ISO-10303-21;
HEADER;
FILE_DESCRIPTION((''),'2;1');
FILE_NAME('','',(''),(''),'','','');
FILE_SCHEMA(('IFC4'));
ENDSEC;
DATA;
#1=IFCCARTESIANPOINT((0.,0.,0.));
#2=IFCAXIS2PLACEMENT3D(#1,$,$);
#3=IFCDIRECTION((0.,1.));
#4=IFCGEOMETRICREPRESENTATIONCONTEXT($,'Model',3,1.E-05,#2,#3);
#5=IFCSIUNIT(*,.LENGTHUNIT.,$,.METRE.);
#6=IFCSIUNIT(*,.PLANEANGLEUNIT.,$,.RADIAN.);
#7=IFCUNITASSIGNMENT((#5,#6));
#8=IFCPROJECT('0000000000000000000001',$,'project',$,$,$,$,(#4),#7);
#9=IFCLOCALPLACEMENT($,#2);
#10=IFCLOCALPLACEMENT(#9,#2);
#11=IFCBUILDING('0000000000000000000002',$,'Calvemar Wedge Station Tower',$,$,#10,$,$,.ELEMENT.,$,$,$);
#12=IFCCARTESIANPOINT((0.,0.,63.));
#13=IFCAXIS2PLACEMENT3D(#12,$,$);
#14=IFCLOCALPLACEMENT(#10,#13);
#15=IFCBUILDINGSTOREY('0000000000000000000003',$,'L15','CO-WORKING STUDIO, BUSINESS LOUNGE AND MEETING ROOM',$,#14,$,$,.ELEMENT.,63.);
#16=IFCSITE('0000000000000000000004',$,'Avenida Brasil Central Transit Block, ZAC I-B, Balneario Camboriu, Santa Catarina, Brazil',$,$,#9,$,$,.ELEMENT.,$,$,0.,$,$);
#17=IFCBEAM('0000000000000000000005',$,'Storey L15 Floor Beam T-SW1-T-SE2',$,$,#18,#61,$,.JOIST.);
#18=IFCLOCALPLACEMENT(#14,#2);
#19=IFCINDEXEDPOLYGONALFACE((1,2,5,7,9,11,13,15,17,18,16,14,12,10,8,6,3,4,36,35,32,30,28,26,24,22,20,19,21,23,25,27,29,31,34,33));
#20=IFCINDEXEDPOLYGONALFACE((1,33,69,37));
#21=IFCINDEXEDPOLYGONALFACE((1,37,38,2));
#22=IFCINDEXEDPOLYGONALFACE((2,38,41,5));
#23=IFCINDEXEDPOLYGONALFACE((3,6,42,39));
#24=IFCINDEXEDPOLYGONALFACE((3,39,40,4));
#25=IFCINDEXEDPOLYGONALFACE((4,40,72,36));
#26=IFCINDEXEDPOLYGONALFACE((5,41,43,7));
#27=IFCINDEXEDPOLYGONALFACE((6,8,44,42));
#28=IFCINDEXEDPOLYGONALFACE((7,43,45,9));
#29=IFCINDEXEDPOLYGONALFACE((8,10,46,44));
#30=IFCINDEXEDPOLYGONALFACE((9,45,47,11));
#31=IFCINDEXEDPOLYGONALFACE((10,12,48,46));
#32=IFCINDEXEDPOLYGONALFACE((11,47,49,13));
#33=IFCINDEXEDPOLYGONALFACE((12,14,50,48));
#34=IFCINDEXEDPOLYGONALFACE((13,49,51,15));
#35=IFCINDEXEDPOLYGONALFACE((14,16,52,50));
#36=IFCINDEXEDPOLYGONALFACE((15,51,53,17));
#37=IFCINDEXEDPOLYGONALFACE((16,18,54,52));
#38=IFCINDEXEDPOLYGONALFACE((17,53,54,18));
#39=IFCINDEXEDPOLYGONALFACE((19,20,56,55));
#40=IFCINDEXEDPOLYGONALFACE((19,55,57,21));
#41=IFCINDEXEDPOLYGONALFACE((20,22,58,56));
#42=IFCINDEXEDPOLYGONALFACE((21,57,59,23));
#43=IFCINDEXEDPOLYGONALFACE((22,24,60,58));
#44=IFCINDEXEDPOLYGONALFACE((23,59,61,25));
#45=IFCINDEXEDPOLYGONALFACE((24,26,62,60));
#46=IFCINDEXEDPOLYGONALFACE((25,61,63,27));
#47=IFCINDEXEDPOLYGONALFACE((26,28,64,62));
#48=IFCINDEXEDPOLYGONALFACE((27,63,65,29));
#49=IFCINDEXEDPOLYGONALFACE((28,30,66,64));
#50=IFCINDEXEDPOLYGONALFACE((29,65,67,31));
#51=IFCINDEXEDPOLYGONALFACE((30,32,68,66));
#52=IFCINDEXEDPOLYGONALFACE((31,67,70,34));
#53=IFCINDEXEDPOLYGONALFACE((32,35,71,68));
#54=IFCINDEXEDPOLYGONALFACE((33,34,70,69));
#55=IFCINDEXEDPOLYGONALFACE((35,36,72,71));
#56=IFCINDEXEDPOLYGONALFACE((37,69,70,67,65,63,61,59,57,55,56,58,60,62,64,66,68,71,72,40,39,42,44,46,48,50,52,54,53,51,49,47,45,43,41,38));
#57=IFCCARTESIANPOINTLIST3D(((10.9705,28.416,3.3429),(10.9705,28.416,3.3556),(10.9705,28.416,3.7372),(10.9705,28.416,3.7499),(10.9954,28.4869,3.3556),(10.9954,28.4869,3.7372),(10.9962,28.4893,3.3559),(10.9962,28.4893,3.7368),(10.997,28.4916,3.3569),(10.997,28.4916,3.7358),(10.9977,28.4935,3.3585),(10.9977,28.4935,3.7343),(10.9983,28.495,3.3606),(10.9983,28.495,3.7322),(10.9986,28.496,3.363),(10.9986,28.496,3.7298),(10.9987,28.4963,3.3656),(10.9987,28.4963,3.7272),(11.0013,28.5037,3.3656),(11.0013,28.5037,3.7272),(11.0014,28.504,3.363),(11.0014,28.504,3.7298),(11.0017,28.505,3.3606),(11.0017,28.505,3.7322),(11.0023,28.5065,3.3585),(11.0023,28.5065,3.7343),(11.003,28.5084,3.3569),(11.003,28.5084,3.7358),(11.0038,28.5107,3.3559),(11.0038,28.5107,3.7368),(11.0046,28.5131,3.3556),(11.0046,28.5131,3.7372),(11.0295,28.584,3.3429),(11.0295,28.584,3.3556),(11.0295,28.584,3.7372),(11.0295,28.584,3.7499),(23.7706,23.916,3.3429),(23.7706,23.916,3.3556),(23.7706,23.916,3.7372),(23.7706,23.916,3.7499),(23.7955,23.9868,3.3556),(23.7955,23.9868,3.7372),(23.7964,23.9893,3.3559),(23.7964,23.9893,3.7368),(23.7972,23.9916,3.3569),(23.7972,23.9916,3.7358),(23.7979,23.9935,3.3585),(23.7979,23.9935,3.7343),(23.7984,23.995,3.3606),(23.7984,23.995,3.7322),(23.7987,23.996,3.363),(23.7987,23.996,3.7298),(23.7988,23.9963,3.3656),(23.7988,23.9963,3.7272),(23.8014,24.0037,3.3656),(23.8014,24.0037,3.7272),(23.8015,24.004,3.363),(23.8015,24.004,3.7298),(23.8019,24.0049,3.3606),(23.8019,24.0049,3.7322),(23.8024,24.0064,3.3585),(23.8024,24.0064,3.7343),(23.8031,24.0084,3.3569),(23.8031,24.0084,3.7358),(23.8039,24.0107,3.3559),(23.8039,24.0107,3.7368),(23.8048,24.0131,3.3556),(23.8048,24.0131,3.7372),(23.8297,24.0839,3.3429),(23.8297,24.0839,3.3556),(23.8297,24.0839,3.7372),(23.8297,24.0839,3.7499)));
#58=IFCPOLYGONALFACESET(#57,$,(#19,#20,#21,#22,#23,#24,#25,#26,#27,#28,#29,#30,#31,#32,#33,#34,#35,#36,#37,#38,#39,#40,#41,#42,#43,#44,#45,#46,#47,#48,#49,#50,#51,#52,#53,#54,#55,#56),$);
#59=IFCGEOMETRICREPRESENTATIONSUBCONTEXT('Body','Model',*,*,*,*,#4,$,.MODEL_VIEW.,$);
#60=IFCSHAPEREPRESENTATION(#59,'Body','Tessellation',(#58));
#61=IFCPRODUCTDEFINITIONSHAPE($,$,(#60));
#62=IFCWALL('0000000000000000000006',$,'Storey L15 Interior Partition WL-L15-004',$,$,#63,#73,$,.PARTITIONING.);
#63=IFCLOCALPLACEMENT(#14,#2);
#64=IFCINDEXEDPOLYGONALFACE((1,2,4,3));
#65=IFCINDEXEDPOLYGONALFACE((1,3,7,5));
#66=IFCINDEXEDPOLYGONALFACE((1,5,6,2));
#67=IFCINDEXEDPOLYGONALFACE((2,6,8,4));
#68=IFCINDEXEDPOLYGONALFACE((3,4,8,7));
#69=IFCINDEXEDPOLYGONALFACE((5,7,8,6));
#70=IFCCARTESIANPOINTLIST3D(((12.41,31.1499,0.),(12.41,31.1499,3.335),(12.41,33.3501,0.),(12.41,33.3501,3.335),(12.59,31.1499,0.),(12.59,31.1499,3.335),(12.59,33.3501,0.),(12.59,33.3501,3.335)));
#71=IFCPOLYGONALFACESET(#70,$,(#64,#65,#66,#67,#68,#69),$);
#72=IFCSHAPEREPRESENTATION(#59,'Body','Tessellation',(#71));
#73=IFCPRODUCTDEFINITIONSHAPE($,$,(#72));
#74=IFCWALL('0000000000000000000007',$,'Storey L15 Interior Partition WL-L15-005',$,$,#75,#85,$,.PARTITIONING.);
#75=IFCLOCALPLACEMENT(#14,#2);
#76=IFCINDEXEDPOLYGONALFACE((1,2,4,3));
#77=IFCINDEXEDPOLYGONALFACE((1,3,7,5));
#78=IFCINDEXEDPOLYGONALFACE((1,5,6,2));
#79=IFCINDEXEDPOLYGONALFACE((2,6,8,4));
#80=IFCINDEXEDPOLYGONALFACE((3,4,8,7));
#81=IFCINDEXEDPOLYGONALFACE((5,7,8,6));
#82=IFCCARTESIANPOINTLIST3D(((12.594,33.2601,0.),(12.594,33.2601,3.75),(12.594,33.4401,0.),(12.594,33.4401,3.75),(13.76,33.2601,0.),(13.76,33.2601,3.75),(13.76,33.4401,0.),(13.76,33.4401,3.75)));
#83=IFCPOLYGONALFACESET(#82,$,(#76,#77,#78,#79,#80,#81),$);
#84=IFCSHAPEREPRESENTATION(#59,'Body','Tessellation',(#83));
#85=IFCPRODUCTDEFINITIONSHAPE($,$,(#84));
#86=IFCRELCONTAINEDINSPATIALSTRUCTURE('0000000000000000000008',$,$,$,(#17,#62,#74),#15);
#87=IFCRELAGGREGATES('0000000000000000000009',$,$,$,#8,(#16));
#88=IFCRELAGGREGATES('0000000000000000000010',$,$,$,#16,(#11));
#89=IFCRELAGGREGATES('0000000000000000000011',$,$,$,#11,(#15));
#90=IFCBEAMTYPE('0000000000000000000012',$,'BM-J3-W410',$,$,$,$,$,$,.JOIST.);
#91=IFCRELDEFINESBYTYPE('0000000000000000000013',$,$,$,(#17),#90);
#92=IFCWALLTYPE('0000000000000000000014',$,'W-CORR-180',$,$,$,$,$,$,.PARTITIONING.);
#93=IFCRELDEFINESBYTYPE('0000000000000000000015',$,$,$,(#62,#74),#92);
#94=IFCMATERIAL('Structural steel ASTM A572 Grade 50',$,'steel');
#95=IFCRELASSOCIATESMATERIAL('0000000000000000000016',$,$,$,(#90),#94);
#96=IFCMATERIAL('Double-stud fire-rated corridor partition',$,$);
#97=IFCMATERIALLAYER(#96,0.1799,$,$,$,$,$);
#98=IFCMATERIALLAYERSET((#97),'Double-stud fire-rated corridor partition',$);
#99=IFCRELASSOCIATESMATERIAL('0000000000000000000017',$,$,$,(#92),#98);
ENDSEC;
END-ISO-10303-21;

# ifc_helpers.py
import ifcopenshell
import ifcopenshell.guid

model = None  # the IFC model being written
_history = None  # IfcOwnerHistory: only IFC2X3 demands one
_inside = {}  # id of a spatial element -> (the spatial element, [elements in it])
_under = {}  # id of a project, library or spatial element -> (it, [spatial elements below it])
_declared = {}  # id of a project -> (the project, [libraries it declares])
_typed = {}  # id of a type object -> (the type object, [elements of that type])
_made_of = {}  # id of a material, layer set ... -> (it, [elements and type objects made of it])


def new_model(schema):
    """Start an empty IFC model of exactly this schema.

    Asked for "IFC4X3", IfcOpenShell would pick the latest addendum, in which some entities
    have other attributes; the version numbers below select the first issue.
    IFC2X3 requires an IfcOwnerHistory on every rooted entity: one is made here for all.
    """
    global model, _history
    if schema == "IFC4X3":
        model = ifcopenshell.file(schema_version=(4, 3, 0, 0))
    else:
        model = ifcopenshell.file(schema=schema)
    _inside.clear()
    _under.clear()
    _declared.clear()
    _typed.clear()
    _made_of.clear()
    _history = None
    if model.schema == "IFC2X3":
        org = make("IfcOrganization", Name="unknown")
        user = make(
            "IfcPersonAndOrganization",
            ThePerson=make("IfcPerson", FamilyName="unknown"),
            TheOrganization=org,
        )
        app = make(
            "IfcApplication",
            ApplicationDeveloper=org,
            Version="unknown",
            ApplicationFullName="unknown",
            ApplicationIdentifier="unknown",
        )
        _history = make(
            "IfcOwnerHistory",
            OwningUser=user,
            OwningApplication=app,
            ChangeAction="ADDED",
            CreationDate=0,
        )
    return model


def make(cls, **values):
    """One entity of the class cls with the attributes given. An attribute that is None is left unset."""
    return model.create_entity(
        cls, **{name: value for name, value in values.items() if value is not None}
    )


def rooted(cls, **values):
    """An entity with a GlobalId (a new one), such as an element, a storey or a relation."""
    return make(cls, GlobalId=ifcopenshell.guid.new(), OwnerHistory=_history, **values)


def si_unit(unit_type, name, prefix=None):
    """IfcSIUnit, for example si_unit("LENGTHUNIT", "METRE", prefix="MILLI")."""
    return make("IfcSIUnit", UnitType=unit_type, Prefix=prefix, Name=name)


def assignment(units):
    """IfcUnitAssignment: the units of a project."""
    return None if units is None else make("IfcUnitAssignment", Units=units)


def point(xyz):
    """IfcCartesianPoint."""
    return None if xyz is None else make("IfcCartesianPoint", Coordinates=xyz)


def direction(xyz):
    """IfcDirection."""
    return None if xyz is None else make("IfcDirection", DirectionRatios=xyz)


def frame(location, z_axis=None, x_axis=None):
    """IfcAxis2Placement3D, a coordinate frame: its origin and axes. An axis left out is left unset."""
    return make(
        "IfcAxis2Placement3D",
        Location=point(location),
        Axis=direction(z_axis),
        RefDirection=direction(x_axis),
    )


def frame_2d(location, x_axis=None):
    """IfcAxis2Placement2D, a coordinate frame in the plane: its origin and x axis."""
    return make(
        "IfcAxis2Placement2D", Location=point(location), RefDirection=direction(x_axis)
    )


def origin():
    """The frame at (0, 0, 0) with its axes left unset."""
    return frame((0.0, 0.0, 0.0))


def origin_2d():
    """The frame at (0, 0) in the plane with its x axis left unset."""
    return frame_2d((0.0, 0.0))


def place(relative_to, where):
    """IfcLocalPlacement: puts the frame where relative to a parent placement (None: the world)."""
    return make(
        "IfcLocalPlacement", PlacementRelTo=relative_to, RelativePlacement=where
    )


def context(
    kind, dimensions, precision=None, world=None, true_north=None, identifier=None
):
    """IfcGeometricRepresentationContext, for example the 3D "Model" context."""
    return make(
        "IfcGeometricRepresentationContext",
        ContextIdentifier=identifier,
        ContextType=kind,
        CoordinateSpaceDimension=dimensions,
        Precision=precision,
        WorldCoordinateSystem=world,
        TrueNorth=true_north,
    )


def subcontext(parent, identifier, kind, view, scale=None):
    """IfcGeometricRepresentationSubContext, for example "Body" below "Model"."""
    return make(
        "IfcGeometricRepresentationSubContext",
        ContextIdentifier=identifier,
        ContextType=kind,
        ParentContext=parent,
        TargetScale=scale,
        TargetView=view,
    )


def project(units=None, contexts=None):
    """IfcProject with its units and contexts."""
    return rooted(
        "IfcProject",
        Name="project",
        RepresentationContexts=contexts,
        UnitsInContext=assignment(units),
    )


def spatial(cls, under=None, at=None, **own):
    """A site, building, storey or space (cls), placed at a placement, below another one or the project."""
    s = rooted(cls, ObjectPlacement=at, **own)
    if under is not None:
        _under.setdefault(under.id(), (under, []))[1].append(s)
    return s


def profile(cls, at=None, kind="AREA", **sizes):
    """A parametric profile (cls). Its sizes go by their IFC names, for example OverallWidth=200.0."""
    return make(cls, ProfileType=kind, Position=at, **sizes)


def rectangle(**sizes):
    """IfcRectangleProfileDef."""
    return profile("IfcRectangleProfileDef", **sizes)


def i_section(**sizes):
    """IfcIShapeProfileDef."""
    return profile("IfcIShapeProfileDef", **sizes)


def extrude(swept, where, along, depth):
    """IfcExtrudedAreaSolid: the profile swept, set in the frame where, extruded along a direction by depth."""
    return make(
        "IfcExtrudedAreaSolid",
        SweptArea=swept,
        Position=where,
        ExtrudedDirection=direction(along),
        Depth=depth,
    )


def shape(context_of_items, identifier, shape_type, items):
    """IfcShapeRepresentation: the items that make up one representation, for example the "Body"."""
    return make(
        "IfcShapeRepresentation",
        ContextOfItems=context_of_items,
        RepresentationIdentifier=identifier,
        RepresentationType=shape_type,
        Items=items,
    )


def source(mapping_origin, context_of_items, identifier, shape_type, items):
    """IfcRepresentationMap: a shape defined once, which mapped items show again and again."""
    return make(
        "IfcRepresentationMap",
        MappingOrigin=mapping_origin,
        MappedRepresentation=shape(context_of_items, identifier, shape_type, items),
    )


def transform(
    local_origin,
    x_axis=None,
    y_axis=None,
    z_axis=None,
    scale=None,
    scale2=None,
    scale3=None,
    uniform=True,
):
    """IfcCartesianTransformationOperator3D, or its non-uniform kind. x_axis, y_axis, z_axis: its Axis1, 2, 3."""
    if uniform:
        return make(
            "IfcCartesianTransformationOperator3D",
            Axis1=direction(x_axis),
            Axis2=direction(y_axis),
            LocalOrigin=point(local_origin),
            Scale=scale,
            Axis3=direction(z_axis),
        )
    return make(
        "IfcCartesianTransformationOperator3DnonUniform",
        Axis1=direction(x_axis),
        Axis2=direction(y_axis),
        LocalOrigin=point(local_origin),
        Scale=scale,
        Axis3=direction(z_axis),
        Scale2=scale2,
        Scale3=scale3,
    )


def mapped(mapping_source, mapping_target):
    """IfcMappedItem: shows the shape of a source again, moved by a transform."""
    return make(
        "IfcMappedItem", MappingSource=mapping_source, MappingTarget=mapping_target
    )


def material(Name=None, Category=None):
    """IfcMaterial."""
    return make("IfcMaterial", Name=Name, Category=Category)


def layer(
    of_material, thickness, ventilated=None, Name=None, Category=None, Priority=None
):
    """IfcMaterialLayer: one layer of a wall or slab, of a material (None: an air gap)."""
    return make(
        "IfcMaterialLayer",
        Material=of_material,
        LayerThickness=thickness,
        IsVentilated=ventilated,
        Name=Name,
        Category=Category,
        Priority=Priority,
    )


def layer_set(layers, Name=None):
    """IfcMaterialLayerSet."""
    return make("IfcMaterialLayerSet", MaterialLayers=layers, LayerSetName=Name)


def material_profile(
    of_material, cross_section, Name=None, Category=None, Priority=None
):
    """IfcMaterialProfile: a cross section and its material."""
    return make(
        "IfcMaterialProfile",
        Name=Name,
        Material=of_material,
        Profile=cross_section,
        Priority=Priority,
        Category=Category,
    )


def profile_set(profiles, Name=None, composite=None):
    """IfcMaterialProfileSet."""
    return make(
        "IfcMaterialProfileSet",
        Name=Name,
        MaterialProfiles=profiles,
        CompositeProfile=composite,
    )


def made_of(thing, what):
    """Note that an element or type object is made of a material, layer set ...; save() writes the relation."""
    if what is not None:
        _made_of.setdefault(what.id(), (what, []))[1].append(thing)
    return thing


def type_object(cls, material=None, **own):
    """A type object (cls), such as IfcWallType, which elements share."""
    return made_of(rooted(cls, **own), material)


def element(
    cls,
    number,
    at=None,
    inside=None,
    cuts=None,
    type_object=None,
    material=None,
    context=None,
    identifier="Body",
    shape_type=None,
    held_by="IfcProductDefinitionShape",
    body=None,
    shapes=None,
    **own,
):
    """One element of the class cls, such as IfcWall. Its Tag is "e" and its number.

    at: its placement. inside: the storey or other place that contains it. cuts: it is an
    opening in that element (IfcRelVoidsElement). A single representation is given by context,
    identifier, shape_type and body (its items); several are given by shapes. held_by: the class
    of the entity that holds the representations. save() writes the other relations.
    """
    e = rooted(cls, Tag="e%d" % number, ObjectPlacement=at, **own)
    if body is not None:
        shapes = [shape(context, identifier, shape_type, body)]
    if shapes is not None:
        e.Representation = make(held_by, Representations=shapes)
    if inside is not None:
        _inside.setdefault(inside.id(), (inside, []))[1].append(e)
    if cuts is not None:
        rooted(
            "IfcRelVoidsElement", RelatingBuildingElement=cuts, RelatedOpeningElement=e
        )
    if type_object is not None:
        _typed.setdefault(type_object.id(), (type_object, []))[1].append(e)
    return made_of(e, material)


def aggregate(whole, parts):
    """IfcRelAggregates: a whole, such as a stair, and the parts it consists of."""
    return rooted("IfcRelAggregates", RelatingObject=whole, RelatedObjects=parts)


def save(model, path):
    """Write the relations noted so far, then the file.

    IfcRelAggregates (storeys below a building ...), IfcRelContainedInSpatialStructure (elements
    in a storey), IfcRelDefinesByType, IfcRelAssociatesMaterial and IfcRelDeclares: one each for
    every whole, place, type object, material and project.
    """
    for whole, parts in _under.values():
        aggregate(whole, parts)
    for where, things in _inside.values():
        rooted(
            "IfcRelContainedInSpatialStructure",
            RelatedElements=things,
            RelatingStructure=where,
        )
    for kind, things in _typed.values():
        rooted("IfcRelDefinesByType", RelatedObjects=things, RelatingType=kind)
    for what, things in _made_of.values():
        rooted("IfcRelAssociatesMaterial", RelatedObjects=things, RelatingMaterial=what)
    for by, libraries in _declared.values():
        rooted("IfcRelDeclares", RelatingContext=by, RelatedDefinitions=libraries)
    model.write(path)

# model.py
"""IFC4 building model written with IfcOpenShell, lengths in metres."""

from ifc_helpers import new_model, si_unit, direction, frame, frame_2d, origin, origin_2d, place, context, subcontext, project, spatial, rectangle, i_section, extrude, source, transform, mapped, material, layer, layer_set, material_profile, profile_set, type_object, element, save


model = new_model("IFC4")

# Units and contexts
model_context = context("Model", 3, precision=1e-05, world=origin(), true_north=direction((0.0, 1.0)))
body_context = subcontext(model_context, "Body", "Model", "MODEL_VIEW")
ifc_project = project(units=[si_unit("LENGTHUNIT", "METRE"), si_unit("PLANEANGLEUNIT", "RADIAN")], contexts=[model_context])

# Site, building, storey
site_placement = place(None, origin())
site = spatial("IfcSite", under=ifc_project, at=site_placement, Name="Avenida Brasil Central Transit Block, ZAC I-B, Balneario Camboriu, Santa Catarina, Brazil", CompositionType="ELEMENT", RefElevation=0.0)
building_placement = place(site_placement, origin())
building = spatial("IfcBuilding", under=site, at=building_placement, Name="Calvemar Wedge Station Tower", CompositionType="ELEMENT")
storey_placement = place(building_placement, frame((0.0, 0.0, 63.0)))
storey = spatial("IfcBuildingStorey", under=building, at=storey_placement, Name="L15", Description="CO-WORKING STUDIO, BUSINESS LOUNGE AND MEETING ROOM", CompositionType="ELEMENT", Elevation=63.0)

# Beam
ifc_material_1 = material(Name="Structural steel ASTM A572 Grade 50", Category="steel")
ifc_material_profile_1 = material_profile(ifc_material_1, i_section(OverallWidth=0.178, OverallDepth=0.407, WebThickness=0.0078, FlangeThickness=0.0127, FilletRadius=0.01, at=origin_2d()), Name="W410x60")
ifc_profile_set_1 = profile_set([ifc_material_profile_1], Name="Structural steel ASTM A572 Grade 50")
beam_type_1 = type_object("IfcBeamType", Name="BM-J3-W410", PredefinedType="JOIST", material=ifc_profile_set_1)
shared_shape_1 = source(origin(), body_context, "Body", "SweptSolid", [
    extrude(i_section(OverallWidth=0.178, OverallDepth=0.407, WebThickness=0.0078, FlangeThickness=0.0127, FilletRadius=0.01, at=origin_2d()), origin(), (0.0, 0.0, 1.0), 13.5681),
])
for number, where, z_axis, x_axis, name in (
    (1, (11.0, 28.5, 3.5464), (0.943398, -0.331662, 0.0), (0.331662, 0.943398, 0.0), "Storey L15 Floor Beam T-SW1-T-SE2"),
):
    element("IfcBeam", number, at=place(storey_placement, frame(where, z_axis=z_axis, x_axis=x_axis)), inside=storey, type_object=beam_type_1, Name=name, PredefinedType="JOIST", context=body_context, shape_type="MappedRepresentation", body=[
        mapped(shared_shape_1, transform((0.0, 0.0, 0.0), scale=1.0)),
    ])

# Walls
ifc_material_2 = material(Name="Double-stud fire-rated corridor partition")
ifc_layer_1 = layer(ifc_material_2, 0.1799)
ifc_layer_set_1 = layer_set([ifc_layer_1], Name="Double-stud fire-rated corridor partition")
wall_type_1 = type_object("IfcWallType", Name="W-CORR-180", PredefinedType="PARTITIONING", material=ifc_layer_set_1)
wall_1_placement = place(storey_placement, frame((12.5, 31.1499, 0.0), z_axis=(0.0, 0.0, 1.0), x_axis=(0.0, 1.0, 0.0)))
element("IfcWall", 2, at=wall_1_placement, inside=storey, type_object=wall_type_1, Name="Storey L15 Interior Partition WL-L15-004", PredefinedType="PARTITIONING", context=body_context, shape_type="SweptSolid", body=[
    extrude(rectangle(XDim=2.2002, YDim=0.1799, at=frame_2d((1.1001, 0.0))), origin(), (0.0, 0.0, 1.0), 3.335),
])
wall_2_placement = place(storey_placement, frame((12.594, 33.3501, 0.0), z_axis=(0.0, 0.0, 1.0), x_axis=(1.0, 0.0, 0.0)))
element("IfcWall", 3, at=wall_2_placement, inside=storey, type_object=wall_type_1, Name="Storey L15 Interior Partition WL-L15-005", PredefinedType="PARTITIONING", context=body_context, shape_type="SweptSolid", body=[
    extrude(rectangle(XDim=1.166, YDim=0.1799, at=frame_2d((0.583, 0.0))), origin(), (0.0, 0.0, 1.0), 3.75),
])

save(model, "model.ifc")
